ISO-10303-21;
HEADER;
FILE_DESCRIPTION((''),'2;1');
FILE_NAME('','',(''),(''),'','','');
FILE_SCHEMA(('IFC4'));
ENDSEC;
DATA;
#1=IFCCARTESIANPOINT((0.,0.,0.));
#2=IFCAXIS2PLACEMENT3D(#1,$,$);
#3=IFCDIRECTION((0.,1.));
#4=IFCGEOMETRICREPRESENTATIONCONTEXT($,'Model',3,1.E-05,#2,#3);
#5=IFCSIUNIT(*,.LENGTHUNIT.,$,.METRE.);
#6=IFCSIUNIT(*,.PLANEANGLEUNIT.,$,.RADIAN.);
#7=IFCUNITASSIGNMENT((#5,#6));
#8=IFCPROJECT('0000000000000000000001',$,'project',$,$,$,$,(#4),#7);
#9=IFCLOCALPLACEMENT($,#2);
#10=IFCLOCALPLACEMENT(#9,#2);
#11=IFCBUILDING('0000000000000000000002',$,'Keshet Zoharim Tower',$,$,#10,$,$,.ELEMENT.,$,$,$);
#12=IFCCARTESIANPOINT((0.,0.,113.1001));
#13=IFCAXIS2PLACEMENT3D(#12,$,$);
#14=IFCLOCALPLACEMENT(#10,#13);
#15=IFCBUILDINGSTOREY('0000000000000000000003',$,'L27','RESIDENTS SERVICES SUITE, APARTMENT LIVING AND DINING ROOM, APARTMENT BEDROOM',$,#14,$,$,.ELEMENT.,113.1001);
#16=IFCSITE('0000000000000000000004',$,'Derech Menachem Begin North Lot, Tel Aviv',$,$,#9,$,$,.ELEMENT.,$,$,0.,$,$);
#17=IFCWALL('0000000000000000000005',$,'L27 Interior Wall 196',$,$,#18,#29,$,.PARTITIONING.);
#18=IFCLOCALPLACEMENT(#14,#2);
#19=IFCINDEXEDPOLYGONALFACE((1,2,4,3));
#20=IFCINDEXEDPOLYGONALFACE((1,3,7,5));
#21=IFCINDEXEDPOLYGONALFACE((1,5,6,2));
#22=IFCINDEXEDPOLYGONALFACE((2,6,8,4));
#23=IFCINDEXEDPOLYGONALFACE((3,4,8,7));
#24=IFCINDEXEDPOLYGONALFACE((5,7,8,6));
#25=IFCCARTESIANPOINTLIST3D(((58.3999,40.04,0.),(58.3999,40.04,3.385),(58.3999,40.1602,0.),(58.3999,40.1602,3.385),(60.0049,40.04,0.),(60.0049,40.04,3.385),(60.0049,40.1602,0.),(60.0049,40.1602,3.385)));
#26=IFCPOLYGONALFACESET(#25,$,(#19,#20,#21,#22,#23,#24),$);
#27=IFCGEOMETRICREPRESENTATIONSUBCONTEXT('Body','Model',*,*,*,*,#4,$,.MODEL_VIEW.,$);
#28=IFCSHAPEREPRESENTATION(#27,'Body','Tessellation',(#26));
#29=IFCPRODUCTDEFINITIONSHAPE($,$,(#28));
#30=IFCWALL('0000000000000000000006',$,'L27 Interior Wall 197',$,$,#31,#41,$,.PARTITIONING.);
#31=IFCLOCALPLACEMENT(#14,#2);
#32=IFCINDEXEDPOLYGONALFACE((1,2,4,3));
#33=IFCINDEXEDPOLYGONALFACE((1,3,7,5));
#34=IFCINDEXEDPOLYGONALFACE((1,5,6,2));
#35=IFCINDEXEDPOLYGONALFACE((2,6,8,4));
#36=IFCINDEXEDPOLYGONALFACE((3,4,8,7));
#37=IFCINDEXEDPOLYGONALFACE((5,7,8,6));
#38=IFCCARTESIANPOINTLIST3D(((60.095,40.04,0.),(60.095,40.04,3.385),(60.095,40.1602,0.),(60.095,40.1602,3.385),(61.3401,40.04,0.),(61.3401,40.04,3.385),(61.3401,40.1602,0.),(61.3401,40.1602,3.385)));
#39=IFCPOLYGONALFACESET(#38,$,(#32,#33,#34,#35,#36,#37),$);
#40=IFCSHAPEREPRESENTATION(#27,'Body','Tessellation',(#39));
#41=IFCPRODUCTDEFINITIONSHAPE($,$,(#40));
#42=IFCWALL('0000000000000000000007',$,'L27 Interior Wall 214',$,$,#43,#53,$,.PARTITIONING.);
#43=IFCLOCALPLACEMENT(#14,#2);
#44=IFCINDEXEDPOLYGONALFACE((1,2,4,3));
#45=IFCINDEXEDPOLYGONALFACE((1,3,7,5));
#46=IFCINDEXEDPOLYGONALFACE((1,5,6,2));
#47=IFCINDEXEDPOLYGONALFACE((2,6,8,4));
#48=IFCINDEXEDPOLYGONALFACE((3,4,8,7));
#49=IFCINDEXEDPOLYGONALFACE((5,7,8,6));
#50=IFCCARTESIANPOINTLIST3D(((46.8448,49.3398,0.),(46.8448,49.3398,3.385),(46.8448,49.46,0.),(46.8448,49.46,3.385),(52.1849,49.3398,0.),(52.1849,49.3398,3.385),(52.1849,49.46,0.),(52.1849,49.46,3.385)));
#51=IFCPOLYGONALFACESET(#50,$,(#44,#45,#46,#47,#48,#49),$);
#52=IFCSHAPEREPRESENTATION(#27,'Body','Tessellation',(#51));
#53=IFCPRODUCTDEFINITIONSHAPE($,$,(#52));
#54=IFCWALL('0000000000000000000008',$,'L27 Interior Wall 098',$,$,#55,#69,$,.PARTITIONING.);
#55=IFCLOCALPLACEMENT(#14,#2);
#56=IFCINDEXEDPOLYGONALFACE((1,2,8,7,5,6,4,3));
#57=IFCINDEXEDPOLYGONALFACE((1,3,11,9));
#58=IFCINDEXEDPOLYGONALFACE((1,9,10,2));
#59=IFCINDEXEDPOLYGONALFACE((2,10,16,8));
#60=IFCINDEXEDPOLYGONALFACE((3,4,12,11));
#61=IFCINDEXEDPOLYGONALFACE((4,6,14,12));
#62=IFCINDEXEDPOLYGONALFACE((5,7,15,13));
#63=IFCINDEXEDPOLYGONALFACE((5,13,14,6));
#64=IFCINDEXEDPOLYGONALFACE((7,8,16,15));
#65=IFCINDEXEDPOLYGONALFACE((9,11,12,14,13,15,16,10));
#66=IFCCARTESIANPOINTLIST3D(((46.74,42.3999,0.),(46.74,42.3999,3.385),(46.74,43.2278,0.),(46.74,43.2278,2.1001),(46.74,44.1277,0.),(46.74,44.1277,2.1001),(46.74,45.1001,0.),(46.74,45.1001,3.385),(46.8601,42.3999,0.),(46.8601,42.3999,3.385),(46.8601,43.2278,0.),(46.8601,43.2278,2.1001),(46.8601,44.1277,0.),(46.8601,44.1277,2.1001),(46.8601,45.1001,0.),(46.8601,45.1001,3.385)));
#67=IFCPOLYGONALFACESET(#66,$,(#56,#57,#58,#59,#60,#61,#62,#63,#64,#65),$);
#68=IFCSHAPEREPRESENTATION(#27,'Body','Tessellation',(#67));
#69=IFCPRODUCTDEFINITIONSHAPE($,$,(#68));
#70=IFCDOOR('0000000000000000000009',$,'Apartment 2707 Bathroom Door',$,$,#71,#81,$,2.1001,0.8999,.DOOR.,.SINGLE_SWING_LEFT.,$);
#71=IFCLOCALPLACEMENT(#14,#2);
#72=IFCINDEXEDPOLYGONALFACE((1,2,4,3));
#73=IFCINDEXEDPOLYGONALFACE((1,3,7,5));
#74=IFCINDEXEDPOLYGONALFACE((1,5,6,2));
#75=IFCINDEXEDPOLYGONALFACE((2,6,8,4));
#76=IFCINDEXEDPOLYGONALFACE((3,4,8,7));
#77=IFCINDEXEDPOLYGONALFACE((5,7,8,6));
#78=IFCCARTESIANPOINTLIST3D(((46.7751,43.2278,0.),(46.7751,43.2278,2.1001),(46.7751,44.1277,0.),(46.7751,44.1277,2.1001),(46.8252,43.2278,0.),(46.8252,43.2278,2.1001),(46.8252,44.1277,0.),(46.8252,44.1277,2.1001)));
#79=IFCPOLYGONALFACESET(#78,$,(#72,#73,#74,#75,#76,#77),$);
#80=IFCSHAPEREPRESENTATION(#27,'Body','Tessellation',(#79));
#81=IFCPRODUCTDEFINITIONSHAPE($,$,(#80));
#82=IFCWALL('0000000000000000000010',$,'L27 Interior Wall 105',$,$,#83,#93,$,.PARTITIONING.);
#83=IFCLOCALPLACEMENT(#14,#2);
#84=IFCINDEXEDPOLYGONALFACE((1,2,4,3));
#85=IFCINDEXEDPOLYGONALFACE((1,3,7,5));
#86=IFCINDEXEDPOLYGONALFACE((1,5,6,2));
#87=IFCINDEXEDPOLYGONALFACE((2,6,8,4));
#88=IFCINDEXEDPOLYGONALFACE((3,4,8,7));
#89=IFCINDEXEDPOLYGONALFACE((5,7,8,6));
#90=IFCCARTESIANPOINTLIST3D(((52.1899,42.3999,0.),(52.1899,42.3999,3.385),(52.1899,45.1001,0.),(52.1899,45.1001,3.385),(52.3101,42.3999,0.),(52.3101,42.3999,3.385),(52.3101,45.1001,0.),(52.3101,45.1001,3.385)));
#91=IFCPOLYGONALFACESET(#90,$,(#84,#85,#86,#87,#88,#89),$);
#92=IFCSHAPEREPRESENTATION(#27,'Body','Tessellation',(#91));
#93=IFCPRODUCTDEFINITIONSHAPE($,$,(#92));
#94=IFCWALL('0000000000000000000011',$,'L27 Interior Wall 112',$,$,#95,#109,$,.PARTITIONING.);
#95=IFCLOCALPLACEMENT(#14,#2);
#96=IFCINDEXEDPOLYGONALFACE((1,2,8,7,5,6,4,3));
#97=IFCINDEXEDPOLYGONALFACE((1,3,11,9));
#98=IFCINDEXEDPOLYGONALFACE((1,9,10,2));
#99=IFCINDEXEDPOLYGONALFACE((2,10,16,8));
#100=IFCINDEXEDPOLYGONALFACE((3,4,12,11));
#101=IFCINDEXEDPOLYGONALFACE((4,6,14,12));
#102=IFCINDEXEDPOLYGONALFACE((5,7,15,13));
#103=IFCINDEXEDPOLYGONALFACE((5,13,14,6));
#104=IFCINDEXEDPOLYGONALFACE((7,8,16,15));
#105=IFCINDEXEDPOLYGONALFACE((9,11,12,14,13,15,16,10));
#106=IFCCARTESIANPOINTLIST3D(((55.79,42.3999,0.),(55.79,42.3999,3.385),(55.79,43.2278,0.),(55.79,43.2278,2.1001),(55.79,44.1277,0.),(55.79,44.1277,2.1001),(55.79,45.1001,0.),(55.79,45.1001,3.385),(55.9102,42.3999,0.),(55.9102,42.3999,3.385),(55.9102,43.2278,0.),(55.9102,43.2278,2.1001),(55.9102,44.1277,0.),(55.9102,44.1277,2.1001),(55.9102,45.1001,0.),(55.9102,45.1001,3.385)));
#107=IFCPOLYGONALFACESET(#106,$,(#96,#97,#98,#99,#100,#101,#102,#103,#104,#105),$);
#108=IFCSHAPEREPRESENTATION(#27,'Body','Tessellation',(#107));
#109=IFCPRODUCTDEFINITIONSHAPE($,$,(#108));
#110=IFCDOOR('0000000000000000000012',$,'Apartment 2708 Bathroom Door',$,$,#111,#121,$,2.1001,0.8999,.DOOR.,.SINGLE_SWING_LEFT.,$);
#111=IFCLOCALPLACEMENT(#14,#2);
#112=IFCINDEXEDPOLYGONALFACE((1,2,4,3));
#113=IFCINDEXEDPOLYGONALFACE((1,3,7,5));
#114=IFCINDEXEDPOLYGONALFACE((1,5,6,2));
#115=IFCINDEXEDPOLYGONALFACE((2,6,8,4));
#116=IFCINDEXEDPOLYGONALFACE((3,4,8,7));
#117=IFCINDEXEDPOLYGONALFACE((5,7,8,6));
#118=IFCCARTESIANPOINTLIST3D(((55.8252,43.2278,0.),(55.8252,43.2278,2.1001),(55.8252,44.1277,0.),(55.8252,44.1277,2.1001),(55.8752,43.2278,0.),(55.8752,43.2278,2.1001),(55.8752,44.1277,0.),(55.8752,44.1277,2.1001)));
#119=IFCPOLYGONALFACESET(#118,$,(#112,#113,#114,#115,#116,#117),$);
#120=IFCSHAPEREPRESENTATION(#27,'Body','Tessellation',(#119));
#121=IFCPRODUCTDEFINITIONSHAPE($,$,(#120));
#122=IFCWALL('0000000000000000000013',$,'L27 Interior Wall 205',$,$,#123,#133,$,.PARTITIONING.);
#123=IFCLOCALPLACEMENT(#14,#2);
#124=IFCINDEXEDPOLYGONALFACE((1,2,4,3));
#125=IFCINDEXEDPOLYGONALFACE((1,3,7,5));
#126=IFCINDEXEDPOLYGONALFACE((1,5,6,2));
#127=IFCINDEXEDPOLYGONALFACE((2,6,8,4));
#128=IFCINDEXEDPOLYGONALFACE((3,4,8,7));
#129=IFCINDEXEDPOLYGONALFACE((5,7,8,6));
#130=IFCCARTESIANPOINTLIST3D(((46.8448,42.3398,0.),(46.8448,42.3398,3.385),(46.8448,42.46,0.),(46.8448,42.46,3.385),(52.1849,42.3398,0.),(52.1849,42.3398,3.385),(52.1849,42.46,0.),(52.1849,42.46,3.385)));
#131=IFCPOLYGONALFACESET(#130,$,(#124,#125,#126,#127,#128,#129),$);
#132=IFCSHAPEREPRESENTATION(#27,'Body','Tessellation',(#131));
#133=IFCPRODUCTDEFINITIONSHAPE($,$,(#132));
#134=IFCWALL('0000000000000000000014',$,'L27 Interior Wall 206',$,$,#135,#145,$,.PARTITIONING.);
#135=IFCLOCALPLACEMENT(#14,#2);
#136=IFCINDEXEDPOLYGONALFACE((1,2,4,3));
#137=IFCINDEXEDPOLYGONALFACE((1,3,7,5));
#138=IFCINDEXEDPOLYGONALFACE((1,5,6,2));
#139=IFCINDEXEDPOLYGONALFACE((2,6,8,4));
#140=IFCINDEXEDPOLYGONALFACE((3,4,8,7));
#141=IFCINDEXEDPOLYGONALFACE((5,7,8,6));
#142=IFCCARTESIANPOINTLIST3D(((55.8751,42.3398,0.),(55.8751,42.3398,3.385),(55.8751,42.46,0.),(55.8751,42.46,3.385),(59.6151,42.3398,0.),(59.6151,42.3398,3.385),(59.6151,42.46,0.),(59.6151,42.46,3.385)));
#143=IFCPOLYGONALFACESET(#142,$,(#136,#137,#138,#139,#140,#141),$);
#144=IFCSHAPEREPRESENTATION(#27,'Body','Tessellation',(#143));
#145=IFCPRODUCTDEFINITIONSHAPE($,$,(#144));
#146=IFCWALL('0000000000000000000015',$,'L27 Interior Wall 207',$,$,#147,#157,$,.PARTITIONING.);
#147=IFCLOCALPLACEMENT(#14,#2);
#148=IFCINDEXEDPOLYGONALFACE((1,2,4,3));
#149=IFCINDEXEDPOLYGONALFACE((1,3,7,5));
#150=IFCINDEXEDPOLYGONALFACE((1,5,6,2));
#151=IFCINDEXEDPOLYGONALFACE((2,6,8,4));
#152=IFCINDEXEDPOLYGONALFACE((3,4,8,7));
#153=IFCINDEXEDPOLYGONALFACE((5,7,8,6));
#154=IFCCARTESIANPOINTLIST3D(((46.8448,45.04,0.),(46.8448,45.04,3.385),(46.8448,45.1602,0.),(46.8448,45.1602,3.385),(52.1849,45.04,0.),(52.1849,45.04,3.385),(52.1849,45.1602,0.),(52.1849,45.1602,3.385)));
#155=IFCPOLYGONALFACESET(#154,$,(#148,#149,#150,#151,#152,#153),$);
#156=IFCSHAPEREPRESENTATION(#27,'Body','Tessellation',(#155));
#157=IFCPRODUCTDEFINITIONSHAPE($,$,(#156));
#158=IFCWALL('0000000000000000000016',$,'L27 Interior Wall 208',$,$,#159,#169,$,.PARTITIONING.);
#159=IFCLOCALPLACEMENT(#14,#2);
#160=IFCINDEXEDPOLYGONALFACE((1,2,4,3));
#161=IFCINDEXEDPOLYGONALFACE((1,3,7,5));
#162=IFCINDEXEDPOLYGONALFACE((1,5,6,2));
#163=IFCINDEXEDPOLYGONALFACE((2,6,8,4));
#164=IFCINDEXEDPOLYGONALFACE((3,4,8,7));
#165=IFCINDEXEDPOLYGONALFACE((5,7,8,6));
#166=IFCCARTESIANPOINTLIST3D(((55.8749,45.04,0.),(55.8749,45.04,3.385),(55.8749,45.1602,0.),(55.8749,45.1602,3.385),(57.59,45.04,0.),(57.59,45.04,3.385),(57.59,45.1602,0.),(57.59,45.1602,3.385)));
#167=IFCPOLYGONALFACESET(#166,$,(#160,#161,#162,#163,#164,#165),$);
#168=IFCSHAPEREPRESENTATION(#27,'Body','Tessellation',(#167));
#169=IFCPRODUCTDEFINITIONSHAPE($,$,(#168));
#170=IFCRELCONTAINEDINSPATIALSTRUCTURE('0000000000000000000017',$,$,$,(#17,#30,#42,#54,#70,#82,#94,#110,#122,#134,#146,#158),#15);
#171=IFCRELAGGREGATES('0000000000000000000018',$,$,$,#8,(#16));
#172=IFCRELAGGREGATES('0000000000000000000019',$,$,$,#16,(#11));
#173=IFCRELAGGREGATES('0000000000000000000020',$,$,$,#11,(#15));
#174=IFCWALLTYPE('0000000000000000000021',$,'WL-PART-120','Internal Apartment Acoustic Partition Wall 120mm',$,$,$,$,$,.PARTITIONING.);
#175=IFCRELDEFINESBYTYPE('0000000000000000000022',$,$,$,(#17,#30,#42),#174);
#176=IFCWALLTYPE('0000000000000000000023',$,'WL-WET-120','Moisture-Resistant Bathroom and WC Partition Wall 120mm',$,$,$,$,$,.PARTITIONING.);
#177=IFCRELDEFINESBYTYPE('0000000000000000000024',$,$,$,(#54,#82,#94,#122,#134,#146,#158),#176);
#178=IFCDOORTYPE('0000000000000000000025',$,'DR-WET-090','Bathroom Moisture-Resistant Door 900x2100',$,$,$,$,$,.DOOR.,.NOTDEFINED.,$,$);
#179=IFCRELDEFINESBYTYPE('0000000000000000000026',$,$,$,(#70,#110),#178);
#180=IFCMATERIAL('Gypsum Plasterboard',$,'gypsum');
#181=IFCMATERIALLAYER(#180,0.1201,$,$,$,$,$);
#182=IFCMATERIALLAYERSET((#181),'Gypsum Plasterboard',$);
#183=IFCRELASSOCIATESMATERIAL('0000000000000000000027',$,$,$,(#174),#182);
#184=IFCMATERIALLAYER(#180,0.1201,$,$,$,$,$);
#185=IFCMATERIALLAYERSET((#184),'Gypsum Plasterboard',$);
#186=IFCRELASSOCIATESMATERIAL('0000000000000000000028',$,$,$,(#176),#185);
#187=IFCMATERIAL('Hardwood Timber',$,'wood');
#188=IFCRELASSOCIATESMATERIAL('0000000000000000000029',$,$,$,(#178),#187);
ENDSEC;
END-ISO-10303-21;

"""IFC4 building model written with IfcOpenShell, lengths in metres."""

from ifc_helpers import new_model, si_unit, direction, frame, frame_2d, origin, place, context, subcontext, project, spatial, rectangle, extrude, material, layer, layer_set, type_object, element, fill, save


model = new_model("IFC4")

# Units and contexts
model_context = context("Model", 3, precision=1e-05, world=origin(), true_north=direction((0.0, 1.0)))
body_context = subcontext(model_context, "Body", "Model", "MODEL_VIEW")
ifc_project = project(units=[si_unit("LENGTHUNIT", "METRE"), si_unit("PLANEANGLEUNIT", "RADIAN")], contexts=[model_context])

# Site, building, storey
site_placement = place(None, origin())
site = spatial("IfcSite", under=ifc_project, at=site_placement, Name="Derech Menachem Begin North Lot, Tel Aviv", CompositionType="ELEMENT", RefElevation=0.0)
building_placement = place(site_placement, origin())
building = spatial("IfcBuilding", under=site, at=building_placement, Name="Keshet Zoharim Tower", CompositionType="ELEMENT")
storey_placement = place(building_placement, frame((0.0, 0.0, 113.1001)))
storey = spatial("IfcBuildingStorey", under=building, at=storey_placement, Name="L27", Description="RESIDENTS SERVICES SUITE, APARTMENT LIVING AND DINING ROOM, APARTMENT BEDROOM", CompositionType="ELEMENT", Elevation=113.1001)

# Shared definitions
ifc_material_1 = material(Name="Gypsum Plasterboard", Category="gypsum")

# Shared definitions
ifc_layer_1 = layer(ifc_material_1, 0.1201)
ifc_layer_set_1 = layer_set([ifc_layer_1], Name="Gypsum Plasterboard")
wall_type_1 = type_object("IfcWallType", Name="WL-PART-120", Description="Internal Apartment Acoustic Partition Wall 120mm", PredefinedType="PARTITIONING", material=ifc_layer_set_1)
ifc_material_2 = material(Name="Hardwood Timber", Category="wood")

# Walls
wall_1_placement = place(storey_placement, frame((58.3999, 40.1001, 0.0), z_axis=(0.0, 0.0, 1.0), x_axis=(1.0, 0.0, 0.0)))
element("IfcWall", 1, at=wall_1_placement, inside=storey, type_object=wall_type_1, Name="L27 Interior Wall 196", PredefinedType="PARTITIONING", context=body_context, shape_type="SweptSolid", body=[
    extrude(rectangle(XDim=1.605, YDim=0.1201, at=frame_2d((0.8025, 0.0))), origin(), (0.0, 0.0, 1.0), 3.385),
])
wall_2_placement = place(storey_placement, frame((60.095, 40.1001, 0.0), z_axis=(0.0, 0.0, 1.0), x_axis=(1.0, 0.0, 0.0)))
element("IfcWall", 2, at=wall_2_placement, inside=storey, type_object=wall_type_1, Name="L27 Interior Wall 197", PredefinedType="PARTITIONING", context=body_context, shape_type="SweptSolid", body=[
    extrude(rectangle(XDim=1.2451, YDim=0.1201, at=frame_2d((0.6226, 0.0))), origin(), (0.0, 0.0, 1.0), 3.385),
])
wall_3_placement = place(storey_placement, frame((46.845, 49.3999, 0.0), z_axis=(0.0, 0.0, 1.0), x_axis=(1.0, 0.0, 0.0)))
element("IfcWall", 3, at=wall_3_placement, inside=storey, type_object=wall_type_1, Name="L27 Interior Wall 214", PredefinedType="PARTITIONING", context=body_context, shape_type="SweptSolid", body=[
    extrude(rectangle(XDim=5.3401, YDim=0.1201, at=frame_2d((2.6699, 0.0))), origin(), (0.0, 0.0, 1.0), 3.385),
])

# Wall, opening, door
ifc_layer_2 = layer(ifc_material_1, 0.1201)
ifc_layer_set_2 = layer_set([ifc_layer_2], Name="Gypsum Plasterboard")
wall_type_2 = type_object("IfcWallType", Name="WL-WET-120", Description="Moisture-Resistant Bathroom and WC Partition Wall 120mm", PredefinedType="PARTITIONING", material=ifc_layer_set_2)
wall_4_placement = place(storey_placement, frame((46.8, 42.3999, 0.0), z_axis=(0.0, 0.0, 1.0), x_axis=(0.0, 1.0, 0.0)))
wall_4 = element("IfcWall", 4, at=wall_4_placement, inside=storey, type_object=wall_type_2, Name="L27 Interior Wall 098", PredefinedType="PARTITIONING", context=body_context, shape_type="SweptSolid", body=[
    extrude(rectangle(XDim=2.7002, YDim=0.1201, at=frame_2d((1.3501, 0.0))), origin(), (0.0, 0.0, 1.0), 3.385),
])
opening_1_placement = place(wall_4_placement, frame((0.8279, 0.0, 0.0)))
opening_1 = element("IfcOpeningElement", 5, at=opening_1_placement, cuts=wall_4, PredefinedType="OPENING", context=body_context, shape_type="SweptSolid", body=[
    extrude(rectangle(XDim=0.8999, YDim=2.1001, at=frame_2d((0.45, 1.05))), frame((0.0, 0.0701, 0.0), z_axis=(0.0, -1.0, 0.0), x_axis=(1.0, 0.0, 0.0)), (0.0, 0.0, 1.0), 0.1401),
])
door_type_1 = type_object("IfcDoorType", Name="DR-WET-090", Description="Bathroom Moisture-Resistant Door 900x2100", OperationType="NOTDEFINED", PredefinedType="DOOR", material=ifc_material_2)
door_1_placement = place(opening_1_placement, origin())
door_1 = element("IfcDoor", 6, at=door_1_placement, inside=storey, type_object=door_type_1, Name="Apartment 2707 Bathroom Door", OperationType="SINGLE_SWING_LEFT", OverallHeight=2.1001, OverallWidth=0.8999, PredefinedType="DOOR", context=body_context, shape_type="SweptSolid", body=[
    extrude(rectangle(XDim=0.8999, YDim=2.1001, at=frame_2d((0.45, 1.05))), frame((0.0, 0.0249, 0.0), z_axis=(0.0, -1.0, 0.0), x_axis=(1.0, 0.0, 0.0)), (0.0, 0.0, 1.0), 0.05),
])
fill(opening_1, door_1)

# Wall
wall_5_placement = place(storey_placement, frame((52.25, 42.3999, 0.0), z_axis=(0.0, 0.0, 1.0), x_axis=(0.0, 1.0, 0.0)))
element("IfcWall", 7, at=wall_5_placement, inside=storey, type_object=wall_type_2, Name="L27 Interior Wall 105", PredefinedType="PARTITIONING", context=body_context, shape_type="SweptSolid", body=[
    extrude(rectangle(XDim=2.7002, YDim=0.1201, at=frame_2d((1.3501, 0.0))), origin(), (0.0, 0.0, 1.0), 3.385),
])

# Wall, opening, door
wall_6_placement = place(storey_placement, frame((55.8501, 42.3999, 0.0), z_axis=(0.0, 0.0, 1.0), x_axis=(0.0, 1.0, 0.0)))
wall_6 = element("IfcWall", 8, at=wall_6_placement, inside=storey, type_object=wall_type_2, Name="L27 Interior Wall 112", PredefinedType="PARTITIONING", context=body_context, shape_type="SweptSolid", body=[
    extrude(rectangle(XDim=2.7002, YDim=0.1201, at=frame_2d((1.3501, 0.0))), origin(), (0.0, 0.0, 1.0), 3.385),
])
opening_2_placement = place(wall_6_placement, frame((0.8279, 0.0, 0.0)))
opening_2 = element("IfcOpeningElement", 9, at=opening_2_placement, cuts=wall_6, PredefinedType="OPENING", context=body_context, shape_type="SweptSolid", body=[
    extrude(rectangle(XDim=0.8999, YDim=2.1001, at=frame_2d((0.45, 1.05))), frame((0.0, 0.0701, 0.0), z_axis=(0.0, -1.0, 0.0), x_axis=(1.0, 0.0, 0.0)), (0.0, 0.0, 1.0), 0.1401),
])
door_2_placement = place(opening_2_placement, origin())
door_2 = element("IfcDoor", 10, at=door_2_placement, inside=storey, type_object=door_type_1, Name="Apartment 2708 Bathroom Door", OperationType="SINGLE_SWING_LEFT", OverallHeight=2.1001, OverallWidth=0.8999, PredefinedType="DOOR", context=body_context, shape_type="SweptSolid", body=[
    extrude(rectangle(XDim=0.8999, YDim=2.1001, at=frame_2d((0.45, 1.05))), frame((0.0, 0.0249, 0.0), z_axis=(0.0, -1.0, 0.0), x_axis=(1.0, 0.0, 0.0)), (0.0, 0.0, 1.0), 0.05),
])
fill(opening_2, door_2)

# Walls
wall_7_placement = place(storey_placement, frame((46.845, 42.3999, 0.0), z_axis=(0.0, 0.0, 1.0), x_axis=(1.0, 0.0, 0.0)))
element("IfcWall", 11, at=wall_7_placement, inside=storey, type_object=wall_type_2, Name="L27 Interior Wall 205", PredefinedType="PARTITIONING", context=body_context, shape_type="SweptSolid", body=[
    extrude(rectangle(XDim=5.3401, YDim=0.1201, at=frame_2d((2.6699, 0.0))), origin(), (0.0, 0.0, 1.0), 3.385),
])
wall_8_placement = place(storey_placement, frame((55.875, 42.3999, 0.0), z_axis=(0.0, 0.0, 1.0), x_axis=(1.0, 0.0, 0.0)))
element("IfcWall", 12, at=wall_8_placement, inside=storey, type_object=wall_type_2, Name="L27 Interior Wall 206", PredefinedType="PARTITIONING", context=body_context, shape_type="SweptSolid", body=[
    extrude(rectangle(XDim=3.74, YDim=0.1201, at=frame_2d((1.8701, 0.0))), origin(), (0.0, 0.0, 1.0), 3.385),
])
wall_9_placement = place(storey_placement, frame((46.845, 45.1001, 0.0), z_axis=(0.0, 0.0, 1.0), x_axis=(1.0, 0.0, 0.0)))
element("IfcWall", 13, at=wall_9_placement, inside=storey, type_object=wall_type_2, Name="L27 Interior Wall 207", PredefinedType="PARTITIONING", context=body_context, shape_type="SweptSolid", body=[
    extrude(rectangle(XDim=5.3401, YDim=0.1201, at=frame_2d((2.6699, 0.0))), origin(), (0.0, 0.0, 1.0), 3.385),
])
wall_10_placement = place(storey_placement, frame((55.875, 45.1001, 0.0), z_axis=(0.0, 0.0, 1.0), x_axis=(1.0, 0.0, 0.0)))
element("IfcWall", 14, at=wall_10_placement, inside=storey, type_object=wall_type_2, Name="L27 Interior Wall 208", PredefinedType="PARTITIONING", context=body_context, shape_type="SweptSolid", body=[
    extrude(rectangle(XDim=1.7151, YDim=0.1201, at=frame_2d((0.8574, 0.0))), origin(), (0.0, 0.0, 1.0), 3.385),
])

save(model, "model.ifc")
